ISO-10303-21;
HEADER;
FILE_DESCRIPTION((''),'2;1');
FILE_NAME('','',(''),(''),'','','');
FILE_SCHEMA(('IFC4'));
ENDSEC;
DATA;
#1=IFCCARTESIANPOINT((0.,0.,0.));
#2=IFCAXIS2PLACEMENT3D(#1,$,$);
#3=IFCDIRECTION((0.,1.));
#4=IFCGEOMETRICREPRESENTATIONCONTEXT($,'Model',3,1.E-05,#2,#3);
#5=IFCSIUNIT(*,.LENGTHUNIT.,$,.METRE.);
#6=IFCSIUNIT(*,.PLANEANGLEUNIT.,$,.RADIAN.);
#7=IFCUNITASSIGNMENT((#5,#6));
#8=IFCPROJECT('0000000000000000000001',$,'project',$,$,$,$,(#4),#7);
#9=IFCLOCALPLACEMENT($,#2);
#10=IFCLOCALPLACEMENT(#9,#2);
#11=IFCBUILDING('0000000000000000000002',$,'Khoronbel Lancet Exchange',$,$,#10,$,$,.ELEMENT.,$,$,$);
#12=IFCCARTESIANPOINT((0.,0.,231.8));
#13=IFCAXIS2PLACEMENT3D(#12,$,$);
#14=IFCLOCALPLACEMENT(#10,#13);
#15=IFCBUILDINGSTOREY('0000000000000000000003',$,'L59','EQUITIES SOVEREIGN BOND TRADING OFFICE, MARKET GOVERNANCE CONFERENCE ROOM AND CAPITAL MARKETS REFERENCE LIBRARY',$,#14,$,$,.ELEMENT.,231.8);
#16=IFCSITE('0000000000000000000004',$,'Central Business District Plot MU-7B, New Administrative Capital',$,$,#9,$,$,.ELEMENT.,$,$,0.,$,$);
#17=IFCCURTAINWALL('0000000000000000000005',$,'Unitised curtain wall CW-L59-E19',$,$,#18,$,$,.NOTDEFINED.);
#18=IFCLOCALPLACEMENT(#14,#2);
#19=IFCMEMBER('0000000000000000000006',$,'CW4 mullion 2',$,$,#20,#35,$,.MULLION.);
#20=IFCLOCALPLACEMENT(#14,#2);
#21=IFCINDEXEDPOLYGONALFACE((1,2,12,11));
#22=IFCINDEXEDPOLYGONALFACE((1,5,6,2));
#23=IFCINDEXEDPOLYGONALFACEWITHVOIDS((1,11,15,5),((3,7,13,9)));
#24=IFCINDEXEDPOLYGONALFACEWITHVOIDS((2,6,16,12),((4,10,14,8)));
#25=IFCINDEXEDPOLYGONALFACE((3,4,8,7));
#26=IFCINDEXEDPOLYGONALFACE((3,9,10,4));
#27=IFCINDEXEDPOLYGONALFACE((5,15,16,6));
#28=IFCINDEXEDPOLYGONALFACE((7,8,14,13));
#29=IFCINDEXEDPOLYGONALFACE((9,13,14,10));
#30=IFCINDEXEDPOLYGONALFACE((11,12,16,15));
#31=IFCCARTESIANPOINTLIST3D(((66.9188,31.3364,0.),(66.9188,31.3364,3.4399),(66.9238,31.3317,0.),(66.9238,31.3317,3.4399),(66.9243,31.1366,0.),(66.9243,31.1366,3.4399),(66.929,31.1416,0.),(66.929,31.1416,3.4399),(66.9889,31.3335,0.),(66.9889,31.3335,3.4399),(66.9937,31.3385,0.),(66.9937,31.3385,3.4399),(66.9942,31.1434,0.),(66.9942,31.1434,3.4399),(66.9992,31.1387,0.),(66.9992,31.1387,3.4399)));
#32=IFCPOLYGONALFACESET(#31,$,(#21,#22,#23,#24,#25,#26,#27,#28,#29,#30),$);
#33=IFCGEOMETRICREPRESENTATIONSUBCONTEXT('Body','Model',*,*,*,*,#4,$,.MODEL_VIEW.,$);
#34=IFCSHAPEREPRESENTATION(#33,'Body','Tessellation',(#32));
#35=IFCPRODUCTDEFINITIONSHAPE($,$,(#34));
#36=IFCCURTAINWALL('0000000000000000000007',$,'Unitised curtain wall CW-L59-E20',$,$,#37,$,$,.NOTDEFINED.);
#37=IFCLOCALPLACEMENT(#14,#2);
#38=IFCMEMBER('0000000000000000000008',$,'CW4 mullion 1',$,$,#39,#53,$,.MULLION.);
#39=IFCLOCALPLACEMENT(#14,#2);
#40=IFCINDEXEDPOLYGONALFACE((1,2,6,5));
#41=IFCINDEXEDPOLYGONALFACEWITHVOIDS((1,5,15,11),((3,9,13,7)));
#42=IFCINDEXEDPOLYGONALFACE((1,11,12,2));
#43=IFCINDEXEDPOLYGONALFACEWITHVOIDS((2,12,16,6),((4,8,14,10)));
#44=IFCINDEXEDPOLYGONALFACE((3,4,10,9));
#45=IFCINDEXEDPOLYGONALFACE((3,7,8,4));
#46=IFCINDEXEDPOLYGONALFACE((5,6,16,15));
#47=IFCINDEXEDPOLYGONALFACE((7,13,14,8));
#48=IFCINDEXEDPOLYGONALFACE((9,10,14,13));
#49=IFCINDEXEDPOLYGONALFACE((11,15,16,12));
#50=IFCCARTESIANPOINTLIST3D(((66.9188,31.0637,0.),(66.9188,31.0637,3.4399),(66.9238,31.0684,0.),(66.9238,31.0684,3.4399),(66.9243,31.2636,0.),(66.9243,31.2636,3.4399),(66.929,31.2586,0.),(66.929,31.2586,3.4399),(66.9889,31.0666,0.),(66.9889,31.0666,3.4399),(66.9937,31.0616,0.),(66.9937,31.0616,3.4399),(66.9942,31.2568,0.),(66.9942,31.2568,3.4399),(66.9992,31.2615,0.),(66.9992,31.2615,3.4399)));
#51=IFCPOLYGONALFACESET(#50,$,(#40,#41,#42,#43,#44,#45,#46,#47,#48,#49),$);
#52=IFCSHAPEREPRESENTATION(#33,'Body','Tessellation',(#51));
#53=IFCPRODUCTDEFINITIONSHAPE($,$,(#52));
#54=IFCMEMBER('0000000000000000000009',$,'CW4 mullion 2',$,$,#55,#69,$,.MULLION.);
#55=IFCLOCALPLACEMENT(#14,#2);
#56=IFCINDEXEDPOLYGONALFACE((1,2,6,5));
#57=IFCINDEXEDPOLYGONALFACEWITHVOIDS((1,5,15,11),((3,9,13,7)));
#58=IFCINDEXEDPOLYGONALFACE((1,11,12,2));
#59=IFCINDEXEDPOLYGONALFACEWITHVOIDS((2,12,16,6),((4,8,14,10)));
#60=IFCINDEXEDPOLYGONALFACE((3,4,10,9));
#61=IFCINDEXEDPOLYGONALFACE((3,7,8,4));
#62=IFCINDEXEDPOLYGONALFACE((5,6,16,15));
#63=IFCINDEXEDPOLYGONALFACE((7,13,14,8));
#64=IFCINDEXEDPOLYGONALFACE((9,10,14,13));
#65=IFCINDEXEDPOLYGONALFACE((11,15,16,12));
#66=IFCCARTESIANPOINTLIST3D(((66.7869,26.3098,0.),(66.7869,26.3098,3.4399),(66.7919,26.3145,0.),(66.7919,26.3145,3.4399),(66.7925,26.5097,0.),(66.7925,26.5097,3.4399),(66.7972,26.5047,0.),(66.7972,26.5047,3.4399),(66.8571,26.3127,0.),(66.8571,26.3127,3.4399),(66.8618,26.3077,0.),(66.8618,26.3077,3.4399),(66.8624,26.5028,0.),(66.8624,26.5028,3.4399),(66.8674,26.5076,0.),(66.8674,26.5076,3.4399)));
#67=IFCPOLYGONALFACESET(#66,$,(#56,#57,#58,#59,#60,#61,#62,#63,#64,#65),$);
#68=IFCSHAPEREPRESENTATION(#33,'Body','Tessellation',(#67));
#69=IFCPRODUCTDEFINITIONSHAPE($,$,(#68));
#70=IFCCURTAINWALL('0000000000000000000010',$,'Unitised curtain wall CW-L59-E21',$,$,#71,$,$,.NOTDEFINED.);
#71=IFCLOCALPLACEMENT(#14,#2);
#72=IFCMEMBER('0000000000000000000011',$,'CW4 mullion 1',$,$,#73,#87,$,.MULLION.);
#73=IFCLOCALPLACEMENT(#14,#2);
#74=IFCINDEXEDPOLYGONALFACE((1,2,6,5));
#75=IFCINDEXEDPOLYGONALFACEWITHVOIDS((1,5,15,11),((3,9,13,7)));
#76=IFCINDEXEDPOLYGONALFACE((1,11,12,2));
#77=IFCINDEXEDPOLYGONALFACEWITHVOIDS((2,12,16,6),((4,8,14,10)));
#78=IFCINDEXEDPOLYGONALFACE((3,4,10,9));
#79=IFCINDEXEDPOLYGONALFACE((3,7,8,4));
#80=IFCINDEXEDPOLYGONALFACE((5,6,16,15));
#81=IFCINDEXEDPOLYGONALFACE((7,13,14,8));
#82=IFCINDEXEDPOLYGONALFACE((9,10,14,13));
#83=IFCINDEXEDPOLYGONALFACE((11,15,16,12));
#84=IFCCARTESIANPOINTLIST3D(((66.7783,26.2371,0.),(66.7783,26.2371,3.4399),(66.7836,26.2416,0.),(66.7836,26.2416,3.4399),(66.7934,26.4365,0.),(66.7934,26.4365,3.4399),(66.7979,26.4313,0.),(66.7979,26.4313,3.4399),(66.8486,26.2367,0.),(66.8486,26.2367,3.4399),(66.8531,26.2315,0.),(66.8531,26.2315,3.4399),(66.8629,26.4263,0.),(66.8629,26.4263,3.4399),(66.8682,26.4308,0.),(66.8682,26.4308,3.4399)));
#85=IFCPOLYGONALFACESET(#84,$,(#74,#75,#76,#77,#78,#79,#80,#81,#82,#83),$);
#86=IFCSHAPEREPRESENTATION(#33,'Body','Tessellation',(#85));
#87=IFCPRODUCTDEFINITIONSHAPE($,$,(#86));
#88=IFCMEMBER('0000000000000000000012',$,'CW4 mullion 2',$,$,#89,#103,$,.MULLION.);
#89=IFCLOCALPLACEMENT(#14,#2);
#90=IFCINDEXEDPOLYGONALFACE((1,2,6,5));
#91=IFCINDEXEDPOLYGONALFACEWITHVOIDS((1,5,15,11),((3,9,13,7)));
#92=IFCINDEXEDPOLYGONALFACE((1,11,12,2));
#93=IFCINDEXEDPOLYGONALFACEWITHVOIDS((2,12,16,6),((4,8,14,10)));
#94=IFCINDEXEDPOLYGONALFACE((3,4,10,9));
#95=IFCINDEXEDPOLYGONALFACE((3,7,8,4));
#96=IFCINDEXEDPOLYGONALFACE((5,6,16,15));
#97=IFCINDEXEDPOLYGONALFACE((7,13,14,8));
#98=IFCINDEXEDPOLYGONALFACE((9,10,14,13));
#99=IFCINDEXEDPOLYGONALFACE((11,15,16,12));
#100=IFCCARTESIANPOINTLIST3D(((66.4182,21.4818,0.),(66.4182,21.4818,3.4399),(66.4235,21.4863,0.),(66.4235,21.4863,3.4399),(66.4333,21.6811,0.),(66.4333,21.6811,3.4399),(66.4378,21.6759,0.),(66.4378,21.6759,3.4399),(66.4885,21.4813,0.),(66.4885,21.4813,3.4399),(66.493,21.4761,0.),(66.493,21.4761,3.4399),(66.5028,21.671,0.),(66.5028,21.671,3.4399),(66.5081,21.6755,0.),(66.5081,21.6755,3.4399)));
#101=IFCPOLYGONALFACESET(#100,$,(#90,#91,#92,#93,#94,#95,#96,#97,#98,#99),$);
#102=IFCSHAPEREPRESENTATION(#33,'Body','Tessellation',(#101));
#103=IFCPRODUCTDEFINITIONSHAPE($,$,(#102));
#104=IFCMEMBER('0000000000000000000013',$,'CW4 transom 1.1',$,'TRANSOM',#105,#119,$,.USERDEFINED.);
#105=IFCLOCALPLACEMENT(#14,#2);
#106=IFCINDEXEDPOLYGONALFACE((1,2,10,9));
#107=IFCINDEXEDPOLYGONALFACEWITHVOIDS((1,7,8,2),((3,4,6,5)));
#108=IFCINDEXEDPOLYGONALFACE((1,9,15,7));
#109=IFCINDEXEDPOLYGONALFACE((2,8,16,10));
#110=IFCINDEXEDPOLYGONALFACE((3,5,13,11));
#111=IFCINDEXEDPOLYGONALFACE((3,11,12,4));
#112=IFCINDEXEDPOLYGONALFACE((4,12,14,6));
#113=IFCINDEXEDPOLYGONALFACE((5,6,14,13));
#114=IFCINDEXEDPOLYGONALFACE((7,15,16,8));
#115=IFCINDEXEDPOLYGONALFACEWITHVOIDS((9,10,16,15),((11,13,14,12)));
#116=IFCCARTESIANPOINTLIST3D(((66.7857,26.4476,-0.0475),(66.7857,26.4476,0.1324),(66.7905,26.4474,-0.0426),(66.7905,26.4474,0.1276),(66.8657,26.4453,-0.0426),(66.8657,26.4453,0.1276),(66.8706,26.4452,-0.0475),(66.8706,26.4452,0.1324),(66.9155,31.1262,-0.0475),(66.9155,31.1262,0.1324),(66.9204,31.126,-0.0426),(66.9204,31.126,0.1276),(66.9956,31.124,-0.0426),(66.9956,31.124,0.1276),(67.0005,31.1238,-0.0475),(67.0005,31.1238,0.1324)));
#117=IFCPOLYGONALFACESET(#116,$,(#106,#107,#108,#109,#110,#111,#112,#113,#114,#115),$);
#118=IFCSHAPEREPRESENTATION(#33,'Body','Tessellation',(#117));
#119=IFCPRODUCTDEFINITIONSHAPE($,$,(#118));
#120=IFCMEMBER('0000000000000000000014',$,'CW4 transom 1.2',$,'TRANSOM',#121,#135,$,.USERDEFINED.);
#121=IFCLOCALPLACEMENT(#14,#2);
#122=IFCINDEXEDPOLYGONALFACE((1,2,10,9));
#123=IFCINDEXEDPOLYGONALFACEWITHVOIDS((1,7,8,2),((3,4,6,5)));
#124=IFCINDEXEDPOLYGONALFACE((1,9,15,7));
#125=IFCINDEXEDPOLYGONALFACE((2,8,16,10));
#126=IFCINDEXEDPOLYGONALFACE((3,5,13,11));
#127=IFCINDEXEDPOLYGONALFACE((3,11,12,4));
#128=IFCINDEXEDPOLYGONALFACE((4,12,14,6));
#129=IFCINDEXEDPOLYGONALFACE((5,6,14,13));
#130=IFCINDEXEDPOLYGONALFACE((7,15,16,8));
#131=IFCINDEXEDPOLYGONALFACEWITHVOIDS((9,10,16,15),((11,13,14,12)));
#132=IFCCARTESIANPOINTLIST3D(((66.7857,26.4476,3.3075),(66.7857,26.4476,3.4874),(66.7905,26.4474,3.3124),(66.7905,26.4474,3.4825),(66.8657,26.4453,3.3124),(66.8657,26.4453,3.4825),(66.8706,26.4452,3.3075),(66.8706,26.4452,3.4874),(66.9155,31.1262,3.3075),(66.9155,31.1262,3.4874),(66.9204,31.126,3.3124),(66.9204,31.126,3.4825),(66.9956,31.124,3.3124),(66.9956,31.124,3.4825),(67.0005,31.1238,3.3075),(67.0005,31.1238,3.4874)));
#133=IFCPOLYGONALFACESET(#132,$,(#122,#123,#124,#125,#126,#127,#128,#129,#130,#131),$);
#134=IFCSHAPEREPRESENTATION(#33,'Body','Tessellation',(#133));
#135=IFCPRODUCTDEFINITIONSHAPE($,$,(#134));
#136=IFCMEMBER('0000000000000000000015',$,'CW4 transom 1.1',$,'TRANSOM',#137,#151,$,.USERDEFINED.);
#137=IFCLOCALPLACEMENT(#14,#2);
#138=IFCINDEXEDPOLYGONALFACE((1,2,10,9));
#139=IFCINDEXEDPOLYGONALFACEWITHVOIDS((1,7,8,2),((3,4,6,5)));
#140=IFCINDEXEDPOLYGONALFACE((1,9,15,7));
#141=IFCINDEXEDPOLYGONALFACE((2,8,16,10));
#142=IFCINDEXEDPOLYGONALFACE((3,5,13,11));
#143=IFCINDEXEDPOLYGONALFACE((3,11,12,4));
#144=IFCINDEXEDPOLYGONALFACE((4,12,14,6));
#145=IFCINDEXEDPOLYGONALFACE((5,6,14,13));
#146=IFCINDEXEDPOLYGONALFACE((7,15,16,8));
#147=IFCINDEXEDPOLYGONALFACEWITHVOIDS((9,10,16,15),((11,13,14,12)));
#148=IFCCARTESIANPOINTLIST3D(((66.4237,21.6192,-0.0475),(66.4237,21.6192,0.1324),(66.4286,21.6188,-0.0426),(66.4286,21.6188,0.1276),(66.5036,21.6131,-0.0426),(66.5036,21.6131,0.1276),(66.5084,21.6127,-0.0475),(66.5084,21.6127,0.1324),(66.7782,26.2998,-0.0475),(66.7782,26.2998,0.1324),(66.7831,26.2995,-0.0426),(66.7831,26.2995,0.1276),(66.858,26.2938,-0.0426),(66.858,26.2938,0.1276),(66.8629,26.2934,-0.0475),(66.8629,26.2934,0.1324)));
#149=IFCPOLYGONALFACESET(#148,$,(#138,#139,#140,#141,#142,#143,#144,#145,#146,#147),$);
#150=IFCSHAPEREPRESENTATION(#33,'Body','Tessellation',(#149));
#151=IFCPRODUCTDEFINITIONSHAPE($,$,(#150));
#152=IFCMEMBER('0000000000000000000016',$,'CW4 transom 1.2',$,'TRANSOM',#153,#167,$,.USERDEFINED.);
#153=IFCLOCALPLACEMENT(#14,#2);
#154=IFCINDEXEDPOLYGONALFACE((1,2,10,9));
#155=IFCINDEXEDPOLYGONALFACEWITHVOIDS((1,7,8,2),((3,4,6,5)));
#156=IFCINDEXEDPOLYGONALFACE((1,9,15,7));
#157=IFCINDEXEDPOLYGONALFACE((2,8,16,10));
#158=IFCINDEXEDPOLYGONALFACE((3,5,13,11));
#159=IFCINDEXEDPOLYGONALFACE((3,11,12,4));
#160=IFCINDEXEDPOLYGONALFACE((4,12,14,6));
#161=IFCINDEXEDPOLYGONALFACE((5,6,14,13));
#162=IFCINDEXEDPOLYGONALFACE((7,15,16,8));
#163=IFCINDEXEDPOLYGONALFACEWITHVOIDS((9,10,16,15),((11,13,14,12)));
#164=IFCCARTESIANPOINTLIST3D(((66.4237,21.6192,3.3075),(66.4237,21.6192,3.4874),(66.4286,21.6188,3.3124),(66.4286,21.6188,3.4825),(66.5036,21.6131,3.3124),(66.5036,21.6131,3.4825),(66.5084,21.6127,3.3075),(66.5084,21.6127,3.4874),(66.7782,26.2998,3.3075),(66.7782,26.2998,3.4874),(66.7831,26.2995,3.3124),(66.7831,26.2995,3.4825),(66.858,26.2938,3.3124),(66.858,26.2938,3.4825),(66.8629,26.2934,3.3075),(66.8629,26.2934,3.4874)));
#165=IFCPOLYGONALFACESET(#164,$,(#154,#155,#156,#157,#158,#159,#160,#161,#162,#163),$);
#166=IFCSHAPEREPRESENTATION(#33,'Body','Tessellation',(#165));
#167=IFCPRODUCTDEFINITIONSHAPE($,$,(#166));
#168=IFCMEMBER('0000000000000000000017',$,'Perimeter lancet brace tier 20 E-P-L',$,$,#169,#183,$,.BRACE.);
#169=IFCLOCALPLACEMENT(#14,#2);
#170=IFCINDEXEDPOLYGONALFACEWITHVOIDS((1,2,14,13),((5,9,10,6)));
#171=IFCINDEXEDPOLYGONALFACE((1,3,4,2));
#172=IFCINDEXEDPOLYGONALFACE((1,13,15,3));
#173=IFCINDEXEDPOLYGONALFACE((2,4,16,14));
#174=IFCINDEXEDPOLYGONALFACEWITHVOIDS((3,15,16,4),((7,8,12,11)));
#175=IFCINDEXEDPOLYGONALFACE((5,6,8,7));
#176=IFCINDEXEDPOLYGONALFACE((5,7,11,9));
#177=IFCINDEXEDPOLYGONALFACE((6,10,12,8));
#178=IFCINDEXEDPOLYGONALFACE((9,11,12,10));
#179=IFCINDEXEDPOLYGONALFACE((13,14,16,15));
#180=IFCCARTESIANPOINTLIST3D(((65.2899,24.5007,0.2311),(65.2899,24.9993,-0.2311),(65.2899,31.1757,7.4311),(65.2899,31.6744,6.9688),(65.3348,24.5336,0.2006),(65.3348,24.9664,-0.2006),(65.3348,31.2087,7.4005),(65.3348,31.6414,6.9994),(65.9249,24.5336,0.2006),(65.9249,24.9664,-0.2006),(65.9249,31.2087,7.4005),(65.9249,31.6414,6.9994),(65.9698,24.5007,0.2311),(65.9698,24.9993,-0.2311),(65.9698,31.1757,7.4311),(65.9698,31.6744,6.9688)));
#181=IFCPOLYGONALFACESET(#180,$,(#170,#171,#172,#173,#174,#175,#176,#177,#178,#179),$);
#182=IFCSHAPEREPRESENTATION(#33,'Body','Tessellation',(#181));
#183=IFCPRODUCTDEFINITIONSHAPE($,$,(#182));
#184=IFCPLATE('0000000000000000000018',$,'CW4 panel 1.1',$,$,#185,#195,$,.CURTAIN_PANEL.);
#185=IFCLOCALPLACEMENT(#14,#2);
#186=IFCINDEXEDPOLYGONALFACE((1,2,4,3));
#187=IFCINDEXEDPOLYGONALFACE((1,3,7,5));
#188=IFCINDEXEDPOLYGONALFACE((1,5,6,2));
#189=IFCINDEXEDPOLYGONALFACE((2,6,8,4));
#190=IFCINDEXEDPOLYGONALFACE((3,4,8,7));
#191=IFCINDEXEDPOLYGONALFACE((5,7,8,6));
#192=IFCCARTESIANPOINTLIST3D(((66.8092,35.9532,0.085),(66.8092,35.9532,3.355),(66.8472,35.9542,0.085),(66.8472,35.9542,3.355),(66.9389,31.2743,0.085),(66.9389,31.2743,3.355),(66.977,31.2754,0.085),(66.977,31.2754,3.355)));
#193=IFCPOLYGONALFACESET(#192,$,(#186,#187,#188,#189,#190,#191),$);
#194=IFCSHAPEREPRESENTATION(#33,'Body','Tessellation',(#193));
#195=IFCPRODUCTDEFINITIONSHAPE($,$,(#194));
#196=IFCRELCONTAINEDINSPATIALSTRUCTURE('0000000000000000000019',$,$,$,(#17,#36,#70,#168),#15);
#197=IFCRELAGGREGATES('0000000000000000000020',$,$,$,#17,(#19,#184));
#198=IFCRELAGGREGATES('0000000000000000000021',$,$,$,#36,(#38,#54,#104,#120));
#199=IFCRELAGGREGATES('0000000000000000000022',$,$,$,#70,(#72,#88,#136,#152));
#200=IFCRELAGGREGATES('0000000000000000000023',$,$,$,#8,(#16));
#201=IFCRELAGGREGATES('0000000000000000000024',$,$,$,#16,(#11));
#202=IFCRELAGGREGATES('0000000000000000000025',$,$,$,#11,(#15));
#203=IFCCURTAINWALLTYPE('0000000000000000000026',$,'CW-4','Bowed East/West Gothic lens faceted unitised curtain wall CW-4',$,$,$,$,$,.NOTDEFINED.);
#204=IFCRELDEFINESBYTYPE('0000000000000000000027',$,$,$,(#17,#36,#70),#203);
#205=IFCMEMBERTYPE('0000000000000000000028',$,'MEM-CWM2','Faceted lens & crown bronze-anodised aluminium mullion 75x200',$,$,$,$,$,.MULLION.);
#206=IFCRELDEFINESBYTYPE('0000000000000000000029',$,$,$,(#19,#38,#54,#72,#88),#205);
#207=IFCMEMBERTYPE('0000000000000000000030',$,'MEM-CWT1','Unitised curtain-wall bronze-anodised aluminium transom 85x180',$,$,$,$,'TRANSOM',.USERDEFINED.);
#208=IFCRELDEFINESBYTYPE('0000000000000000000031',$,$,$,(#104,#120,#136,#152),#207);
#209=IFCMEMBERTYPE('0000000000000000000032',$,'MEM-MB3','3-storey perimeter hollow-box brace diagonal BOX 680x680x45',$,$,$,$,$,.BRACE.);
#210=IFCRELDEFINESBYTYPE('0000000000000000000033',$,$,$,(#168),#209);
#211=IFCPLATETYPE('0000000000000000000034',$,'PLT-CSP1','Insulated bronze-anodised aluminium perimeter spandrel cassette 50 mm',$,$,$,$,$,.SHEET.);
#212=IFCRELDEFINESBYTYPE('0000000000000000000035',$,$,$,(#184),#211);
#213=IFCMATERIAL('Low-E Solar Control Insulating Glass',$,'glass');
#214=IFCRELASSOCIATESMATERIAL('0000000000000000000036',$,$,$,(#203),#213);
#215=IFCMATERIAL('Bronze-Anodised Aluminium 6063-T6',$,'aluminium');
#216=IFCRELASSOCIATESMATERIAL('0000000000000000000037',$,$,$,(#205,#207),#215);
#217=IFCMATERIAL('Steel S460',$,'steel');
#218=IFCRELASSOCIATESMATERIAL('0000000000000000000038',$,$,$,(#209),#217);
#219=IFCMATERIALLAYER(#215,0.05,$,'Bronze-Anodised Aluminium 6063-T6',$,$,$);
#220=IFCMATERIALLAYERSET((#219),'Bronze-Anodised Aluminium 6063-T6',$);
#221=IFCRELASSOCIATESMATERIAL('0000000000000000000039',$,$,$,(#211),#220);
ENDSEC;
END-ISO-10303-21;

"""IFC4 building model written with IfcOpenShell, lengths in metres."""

from ifc_helpers import new_model, si_unit, direction, frame, origin, origin_2d, place, context, subcontext, project, spatial, rectangle, hollow_rectangle, extrude, material, layer, layer_set, material_profile, profile_set, type_object, element, aggregate, save


model = new_model("IFC4")

# Units and contexts
model_context = context("Model", 3, precision=1e-05, world=origin(), true_north=direction((0.0, 1.0)))
body_context = subcontext(model_context, "Body", "Model", "MODEL_VIEW")
ifc_project = project(units=[si_unit("LENGTHUNIT", "METRE"), si_unit("PLANEANGLEUNIT", "RADIAN")], contexts=[model_context])

# Site, building, storey
site_placement = place(None, origin())
site = spatial("IfcSite", under=ifc_project, at=site_placement, Name="Central Business District Plot MU-7B, New Administrative Capital", CompositionType="ELEMENT", RefElevation=0.0)
building_placement = place(site_placement, origin())
building = spatial("IfcBuilding", under=site, at=building_placement, Name="Khoronbel Lancet Exchange", CompositionType="ELEMENT")
storey_placement = place(building_placement, frame((0.0, 0.0, 231.8)))
storey = spatial("IfcBuildingStorey", under=building, at=storey_placement, Name="L59", Description="EQUITIES SOVEREIGN BOND TRADING OFFICE, MARKET GOVERNANCE CONFERENCE ROOM AND CAPITAL MARKETS REFERENCE LIBRARY", CompositionType="ELEMENT", Elevation=231.8)

# Curtain wall, member
ifc_material_1 = material(Name="Low-E Solar Control Insulating Glass", Category="glass")
curtain_wall_type = type_object("IfcCurtainWallType", Name="CW-4", Description="Bowed East/West Gothic lens faceted unitised curtain wall CW-4", PredefinedType="NOTDEFINED", material=ifc_material_1)
curtain_wall_1_placement = place(storey_placement, origin())
curtain_wall_1 = element("IfcCurtainWall", 1, at=curtain_wall_1_placement, inside=storey, type_object=curtain_wall_type, Name="Unitised curtain wall CW-L59-E19", PredefinedType="NOTDEFINED")
ifc_material_2 = material(Name="Bronze-Anodised Aluminium 6063-T6", Category="aluminium")
ifc_material_profile_1 = material_profile(ifc_material_2, hollow_rectangle(XDim=0.075, YDim=0.2, WallThickness=0.0049, at=origin_2d()), Name="ALU MULLION 75x200")
ifc_profile_set_1 = profile_set([ifc_material_profile_1], Name="Bronze-Anodised Aluminium 6063-T6")
member_type_1 = type_object("IfcMemberType", Name="MEM-CWM2", Description="Faceted lens & crown bronze-anodised aluminium mullion 75x200", PredefinedType="MULLION", material=ifc_profile_set_1)
member_1_placement = place(storey_placement, frame((66.959, 31.2375, 0.0), z_axis=(0.0, 0.0, 1.0), x_axis=(0.999616, 0.027719, 0.0)))
member_1 = element("IfcMember", 2, at=member_1_placement, type_object=member_type_1, Name="CW4 mullion 2", PredefinedType="MULLION", context=body_context, shape_type="SweptSolid", body=[
    extrude(hollow_rectangle(XDim=0.075, YDim=0.2, WallThickness=0.0049, at=origin_2d()), origin(), (0.0, 0.0, 1.0), 3.4399),
])

# Curtain walls, members
curtain_wall_2_placement = place(storey_placement, origin())
curtain_wall_2 = element("IfcCurtainWall", 3, at=curtain_wall_2_placement, inside=storey, type_object=curtain_wall_type, Name="Unitised curtain wall CW-L59-E20", PredefinedType="NOTDEFINED")
member_2_placement = place(storey_placement, frame((66.959, 31.1626, 0.0), z_axis=(0.0, 0.0, 1.0), x_axis=(0.999616, -0.027719, 0.0)))
member_2 = element("IfcMember", 4, at=member_2_placement, type_object=member_type_1, Name="CW4 mullion 1", PredefinedType="MULLION", context=body_context, shape_type="SweptSolid", body=[
    extrude(hollow_rectangle(XDim=0.075, YDim=0.2, WallThickness=0.0049, at=origin_2d()), origin(), (0.0, 0.0, 1.0), 3.4399),
])
member_3_placement = place(storey_placement, frame((66.8271, 26.4087, 0.0), z_axis=(0.0, 0.0, 1.0), x_axis=(0.999616, -0.027719, 0.0)))
member_3 = element("IfcMember", 5, at=member_3_placement, type_object=member_type_1, Name="CW4 mullion 2", PredefinedType="MULLION", context=body_context, shape_type="SweptSolid", body=[
    extrude(hollow_rectangle(XDim=0.075, YDim=0.2, WallThickness=0.0049, at=origin_2d()), origin(), (0.0, 0.0, 1.0), 3.4399),
])
curtain_wall_3_placement = place(storey_placement, origin())
curtain_wall_3 = element("IfcCurtainWall", 6, at=curtain_wall_3_placement, inside=storey, type_object=curtain_wall_type, Name="Unitised curtain wall CW-L59-E21", PredefinedType="NOTDEFINED")
member_4_placement = place(storey_placement, frame((66.8232, 26.334, 0.0), z_axis=(0.0, 0.0, 1.0), x_axis=(0.997146, -0.075498, 0.0)))
member_4 = element("IfcMember", 7, at=member_4_placement, type_object=member_type_1, Name="CW4 mullion 1", PredefinedType="MULLION", context=body_context, shape_type="SweptSolid", body=[
    extrude(hollow_rectangle(XDim=0.075, YDim=0.2, WallThickness=0.0049, at=origin_2d()), origin(), (0.0, 0.0, 1.0), 3.4399),
])
member_5_placement = place(storey_placement, frame((66.4631, 21.5786, 0.0), z_axis=(0.0, 0.0, 1.0), x_axis=(0.997146, -0.075498, 0.0)))
member_5 = element("IfcMember", 8, at=member_5_placement, type_object=member_type_1, Name="CW4 mullion 2", PredefinedType="MULLION", context=body_context, shape_type="SweptSolid", body=[
    extrude(hollow_rectangle(XDim=0.075, YDim=0.2, WallThickness=0.0049, at=origin_2d()), origin(), (0.0, 0.0, 1.0), 3.4399),
])

# Members
ifc_material_profile_2 = material_profile(ifc_material_2, hollow_rectangle(XDim=0.085, YDim=0.1799, WallThickness=0.0049, at=origin_2d()), Name="ALU TRANSOM 85x180")
ifc_profile_set_2 = profile_set([ifc_material_profile_2], Name="Bronze-Anodised Aluminium 6063-T6")
member_type_2 = type_object("IfcMemberType", Name="MEM-CWT1", Description="Unitised curtain-wall bronze-anodised aluminium transom 85x180", ElementType="TRANSOM", PredefinedType="USERDEFINED", material=ifc_profile_set_2)
member_6_placement = place(storey_placement, frame((66.958, 31.125, 0.0425), z_axis=(-0.02775, -0.999615, 0.0), x_axis=(0.999615, -0.02775, 0.0)))
member_6 = element("IfcMember", 9, at=member_6_placement, type_object=member_type_2, Name="CW4 transom 1.1", ObjectType="TRANSOM", PredefinedType="USERDEFINED", context=body_context, shape_type="SweptSolid", body=[
    extrude(hollow_rectangle(XDim=0.085, YDim=0.1799, WallThickness=0.0049, at=origin_2d()), origin(), (0.0, 0.0, 1.0), 4.6804),
])
member_7_placement = place(storey_placement, frame((66.958, 31.125, 3.3975), z_axis=(-0.02775, -0.999615, 0.0), x_axis=(0.999615, -0.02775, 0.0)))
member_7 = element("IfcMember", 10, at=member_7_placement, type_object=member_type_2, Name="CW4 transom 1.2", ObjectType="TRANSOM", PredefinedType="USERDEFINED", context=body_context, shape_type="SweptSolid", body=[
    extrude(hollow_rectangle(XDim=0.085, YDim=0.1799, WallThickness=0.0049, at=origin_2d()), origin(), (0.0, 0.0, 1.0), 4.6804),
])
member_8_placement = place(storey_placement, frame((66.8206, 26.2966, 0.0425), z_axis=(-0.075519, -0.997144, 0.0), x_axis=(0.997144, -0.075519, 0.0)))
member_8 = element("IfcMember", 11, at=member_8_placement, type_object=member_type_2, Name="CW4 transom 1.1", ObjectType="TRANSOM", PredefinedType="USERDEFINED", context=body_context, shape_type="SweptSolid", body=[
    extrude(hollow_rectangle(XDim=0.085, YDim=0.1799, WallThickness=0.0049, at=origin_2d()), origin(), (0.0, 0.0, 1.0), 4.6941),
])
member_9_placement = place(storey_placement, frame((66.8206, 26.2966, 3.3975), z_axis=(-0.075519, -0.997144, 0.0), x_axis=(0.997144, -0.075519, 0.0)))
member_9 = element("IfcMember", 12, at=member_9_placement, type_object=member_type_2, Name="CW4 transom 1.2", ObjectType="TRANSOM", PredefinedType="USERDEFINED", context=body_context, shape_type="SweptSolid", body=[
    extrude(hollow_rectangle(XDim=0.085, YDim=0.1799, WallThickness=0.0049, at=origin_2d()), origin(), (0.0, 0.0, 1.0), 4.6941),
])
ifc_material_3 = material(Name="Steel S460", Category="steel")
ifc_material_profile_3 = material_profile(ifc_material_3, hollow_rectangle(XDim=0.6799, YDim=0.6799, WallThickness=0.0449, at=origin_2d()), Name="BOX 680x680x45")
ifc_profile_set_3 = profile_set([ifc_material_profile_3], Name="Steel S460")
member_type_3 = type_object("IfcMemberType", Name="MEM-MB3", Description="3-storey perimeter hollow-box brace diagonal BOX 680x680x45", PredefinedType="BRACE", material=ifc_profile_set_3)
member_10_placement = place(storey_placement, frame((65.6299, 24.75, 0.0), z_axis=(0.0, 0.67987, 0.733333), x_axis=(-1.0, 0.0, 0.0)))
element("IfcMember", 13, at=member_10_placement, inside=storey, type_object=member_type_3, Name="Perimeter lancet brace tier 20 E-P-L", PredefinedType="BRACE", context=body_context, shape_type="SweptSolid", body=[
    extrude(hollow_rectangle(XDim=0.6799, YDim=0.6799, WallThickness=0.0449, at=origin_2d()), origin(), (0.0, 0.0, 1.0), 9.8181),
])

# Plate
ifc_layer_1 = layer(ifc_material_2, 0.05, Name="Bronze-Anodised Aluminium 6063-T6")
ifc_layer_set_1 = layer_set([ifc_layer_1], Name="Bronze-Anodised Aluminium 6063-T6")
plate_type_1 = type_object("IfcPlateType", Name="PLT-CSP1", Description="Insulated bronze-anodised aluminium perimeter spandrel cassette 50 mm", PredefinedType="SHEET", material=ifc_layer_set_1)
plate_1_placement = place(storey_placement, frame((66.8931, 33.6143, 0.085), z_axis=(0.0, 0.0, 1.0), x_axis=(0.027719, -0.999616, 0.0)))
plate_1 = element("IfcPlate", 14, at=plate_1_placement, type_object=plate_type_1, Name="CW4 panel 1.1", PredefinedType="CURTAIN_PANEL", context=body_context, shape_type="SweptSolid", body=[
    extrude(rectangle(XDim=4.6807, YDim=0.0381, at=origin_2d()), origin(), (0.0, 0.0, 1.0), 3.27),
])
aggregate(curtain_wall_1, [member_1, plate_1])
aggregate(curtain_wall_2, [member_2, member_3, member_6, member_7])
aggregate(curtain_wall_3, [member_4, member_5, member_8, member_9])

save(model, "model.ifc")
